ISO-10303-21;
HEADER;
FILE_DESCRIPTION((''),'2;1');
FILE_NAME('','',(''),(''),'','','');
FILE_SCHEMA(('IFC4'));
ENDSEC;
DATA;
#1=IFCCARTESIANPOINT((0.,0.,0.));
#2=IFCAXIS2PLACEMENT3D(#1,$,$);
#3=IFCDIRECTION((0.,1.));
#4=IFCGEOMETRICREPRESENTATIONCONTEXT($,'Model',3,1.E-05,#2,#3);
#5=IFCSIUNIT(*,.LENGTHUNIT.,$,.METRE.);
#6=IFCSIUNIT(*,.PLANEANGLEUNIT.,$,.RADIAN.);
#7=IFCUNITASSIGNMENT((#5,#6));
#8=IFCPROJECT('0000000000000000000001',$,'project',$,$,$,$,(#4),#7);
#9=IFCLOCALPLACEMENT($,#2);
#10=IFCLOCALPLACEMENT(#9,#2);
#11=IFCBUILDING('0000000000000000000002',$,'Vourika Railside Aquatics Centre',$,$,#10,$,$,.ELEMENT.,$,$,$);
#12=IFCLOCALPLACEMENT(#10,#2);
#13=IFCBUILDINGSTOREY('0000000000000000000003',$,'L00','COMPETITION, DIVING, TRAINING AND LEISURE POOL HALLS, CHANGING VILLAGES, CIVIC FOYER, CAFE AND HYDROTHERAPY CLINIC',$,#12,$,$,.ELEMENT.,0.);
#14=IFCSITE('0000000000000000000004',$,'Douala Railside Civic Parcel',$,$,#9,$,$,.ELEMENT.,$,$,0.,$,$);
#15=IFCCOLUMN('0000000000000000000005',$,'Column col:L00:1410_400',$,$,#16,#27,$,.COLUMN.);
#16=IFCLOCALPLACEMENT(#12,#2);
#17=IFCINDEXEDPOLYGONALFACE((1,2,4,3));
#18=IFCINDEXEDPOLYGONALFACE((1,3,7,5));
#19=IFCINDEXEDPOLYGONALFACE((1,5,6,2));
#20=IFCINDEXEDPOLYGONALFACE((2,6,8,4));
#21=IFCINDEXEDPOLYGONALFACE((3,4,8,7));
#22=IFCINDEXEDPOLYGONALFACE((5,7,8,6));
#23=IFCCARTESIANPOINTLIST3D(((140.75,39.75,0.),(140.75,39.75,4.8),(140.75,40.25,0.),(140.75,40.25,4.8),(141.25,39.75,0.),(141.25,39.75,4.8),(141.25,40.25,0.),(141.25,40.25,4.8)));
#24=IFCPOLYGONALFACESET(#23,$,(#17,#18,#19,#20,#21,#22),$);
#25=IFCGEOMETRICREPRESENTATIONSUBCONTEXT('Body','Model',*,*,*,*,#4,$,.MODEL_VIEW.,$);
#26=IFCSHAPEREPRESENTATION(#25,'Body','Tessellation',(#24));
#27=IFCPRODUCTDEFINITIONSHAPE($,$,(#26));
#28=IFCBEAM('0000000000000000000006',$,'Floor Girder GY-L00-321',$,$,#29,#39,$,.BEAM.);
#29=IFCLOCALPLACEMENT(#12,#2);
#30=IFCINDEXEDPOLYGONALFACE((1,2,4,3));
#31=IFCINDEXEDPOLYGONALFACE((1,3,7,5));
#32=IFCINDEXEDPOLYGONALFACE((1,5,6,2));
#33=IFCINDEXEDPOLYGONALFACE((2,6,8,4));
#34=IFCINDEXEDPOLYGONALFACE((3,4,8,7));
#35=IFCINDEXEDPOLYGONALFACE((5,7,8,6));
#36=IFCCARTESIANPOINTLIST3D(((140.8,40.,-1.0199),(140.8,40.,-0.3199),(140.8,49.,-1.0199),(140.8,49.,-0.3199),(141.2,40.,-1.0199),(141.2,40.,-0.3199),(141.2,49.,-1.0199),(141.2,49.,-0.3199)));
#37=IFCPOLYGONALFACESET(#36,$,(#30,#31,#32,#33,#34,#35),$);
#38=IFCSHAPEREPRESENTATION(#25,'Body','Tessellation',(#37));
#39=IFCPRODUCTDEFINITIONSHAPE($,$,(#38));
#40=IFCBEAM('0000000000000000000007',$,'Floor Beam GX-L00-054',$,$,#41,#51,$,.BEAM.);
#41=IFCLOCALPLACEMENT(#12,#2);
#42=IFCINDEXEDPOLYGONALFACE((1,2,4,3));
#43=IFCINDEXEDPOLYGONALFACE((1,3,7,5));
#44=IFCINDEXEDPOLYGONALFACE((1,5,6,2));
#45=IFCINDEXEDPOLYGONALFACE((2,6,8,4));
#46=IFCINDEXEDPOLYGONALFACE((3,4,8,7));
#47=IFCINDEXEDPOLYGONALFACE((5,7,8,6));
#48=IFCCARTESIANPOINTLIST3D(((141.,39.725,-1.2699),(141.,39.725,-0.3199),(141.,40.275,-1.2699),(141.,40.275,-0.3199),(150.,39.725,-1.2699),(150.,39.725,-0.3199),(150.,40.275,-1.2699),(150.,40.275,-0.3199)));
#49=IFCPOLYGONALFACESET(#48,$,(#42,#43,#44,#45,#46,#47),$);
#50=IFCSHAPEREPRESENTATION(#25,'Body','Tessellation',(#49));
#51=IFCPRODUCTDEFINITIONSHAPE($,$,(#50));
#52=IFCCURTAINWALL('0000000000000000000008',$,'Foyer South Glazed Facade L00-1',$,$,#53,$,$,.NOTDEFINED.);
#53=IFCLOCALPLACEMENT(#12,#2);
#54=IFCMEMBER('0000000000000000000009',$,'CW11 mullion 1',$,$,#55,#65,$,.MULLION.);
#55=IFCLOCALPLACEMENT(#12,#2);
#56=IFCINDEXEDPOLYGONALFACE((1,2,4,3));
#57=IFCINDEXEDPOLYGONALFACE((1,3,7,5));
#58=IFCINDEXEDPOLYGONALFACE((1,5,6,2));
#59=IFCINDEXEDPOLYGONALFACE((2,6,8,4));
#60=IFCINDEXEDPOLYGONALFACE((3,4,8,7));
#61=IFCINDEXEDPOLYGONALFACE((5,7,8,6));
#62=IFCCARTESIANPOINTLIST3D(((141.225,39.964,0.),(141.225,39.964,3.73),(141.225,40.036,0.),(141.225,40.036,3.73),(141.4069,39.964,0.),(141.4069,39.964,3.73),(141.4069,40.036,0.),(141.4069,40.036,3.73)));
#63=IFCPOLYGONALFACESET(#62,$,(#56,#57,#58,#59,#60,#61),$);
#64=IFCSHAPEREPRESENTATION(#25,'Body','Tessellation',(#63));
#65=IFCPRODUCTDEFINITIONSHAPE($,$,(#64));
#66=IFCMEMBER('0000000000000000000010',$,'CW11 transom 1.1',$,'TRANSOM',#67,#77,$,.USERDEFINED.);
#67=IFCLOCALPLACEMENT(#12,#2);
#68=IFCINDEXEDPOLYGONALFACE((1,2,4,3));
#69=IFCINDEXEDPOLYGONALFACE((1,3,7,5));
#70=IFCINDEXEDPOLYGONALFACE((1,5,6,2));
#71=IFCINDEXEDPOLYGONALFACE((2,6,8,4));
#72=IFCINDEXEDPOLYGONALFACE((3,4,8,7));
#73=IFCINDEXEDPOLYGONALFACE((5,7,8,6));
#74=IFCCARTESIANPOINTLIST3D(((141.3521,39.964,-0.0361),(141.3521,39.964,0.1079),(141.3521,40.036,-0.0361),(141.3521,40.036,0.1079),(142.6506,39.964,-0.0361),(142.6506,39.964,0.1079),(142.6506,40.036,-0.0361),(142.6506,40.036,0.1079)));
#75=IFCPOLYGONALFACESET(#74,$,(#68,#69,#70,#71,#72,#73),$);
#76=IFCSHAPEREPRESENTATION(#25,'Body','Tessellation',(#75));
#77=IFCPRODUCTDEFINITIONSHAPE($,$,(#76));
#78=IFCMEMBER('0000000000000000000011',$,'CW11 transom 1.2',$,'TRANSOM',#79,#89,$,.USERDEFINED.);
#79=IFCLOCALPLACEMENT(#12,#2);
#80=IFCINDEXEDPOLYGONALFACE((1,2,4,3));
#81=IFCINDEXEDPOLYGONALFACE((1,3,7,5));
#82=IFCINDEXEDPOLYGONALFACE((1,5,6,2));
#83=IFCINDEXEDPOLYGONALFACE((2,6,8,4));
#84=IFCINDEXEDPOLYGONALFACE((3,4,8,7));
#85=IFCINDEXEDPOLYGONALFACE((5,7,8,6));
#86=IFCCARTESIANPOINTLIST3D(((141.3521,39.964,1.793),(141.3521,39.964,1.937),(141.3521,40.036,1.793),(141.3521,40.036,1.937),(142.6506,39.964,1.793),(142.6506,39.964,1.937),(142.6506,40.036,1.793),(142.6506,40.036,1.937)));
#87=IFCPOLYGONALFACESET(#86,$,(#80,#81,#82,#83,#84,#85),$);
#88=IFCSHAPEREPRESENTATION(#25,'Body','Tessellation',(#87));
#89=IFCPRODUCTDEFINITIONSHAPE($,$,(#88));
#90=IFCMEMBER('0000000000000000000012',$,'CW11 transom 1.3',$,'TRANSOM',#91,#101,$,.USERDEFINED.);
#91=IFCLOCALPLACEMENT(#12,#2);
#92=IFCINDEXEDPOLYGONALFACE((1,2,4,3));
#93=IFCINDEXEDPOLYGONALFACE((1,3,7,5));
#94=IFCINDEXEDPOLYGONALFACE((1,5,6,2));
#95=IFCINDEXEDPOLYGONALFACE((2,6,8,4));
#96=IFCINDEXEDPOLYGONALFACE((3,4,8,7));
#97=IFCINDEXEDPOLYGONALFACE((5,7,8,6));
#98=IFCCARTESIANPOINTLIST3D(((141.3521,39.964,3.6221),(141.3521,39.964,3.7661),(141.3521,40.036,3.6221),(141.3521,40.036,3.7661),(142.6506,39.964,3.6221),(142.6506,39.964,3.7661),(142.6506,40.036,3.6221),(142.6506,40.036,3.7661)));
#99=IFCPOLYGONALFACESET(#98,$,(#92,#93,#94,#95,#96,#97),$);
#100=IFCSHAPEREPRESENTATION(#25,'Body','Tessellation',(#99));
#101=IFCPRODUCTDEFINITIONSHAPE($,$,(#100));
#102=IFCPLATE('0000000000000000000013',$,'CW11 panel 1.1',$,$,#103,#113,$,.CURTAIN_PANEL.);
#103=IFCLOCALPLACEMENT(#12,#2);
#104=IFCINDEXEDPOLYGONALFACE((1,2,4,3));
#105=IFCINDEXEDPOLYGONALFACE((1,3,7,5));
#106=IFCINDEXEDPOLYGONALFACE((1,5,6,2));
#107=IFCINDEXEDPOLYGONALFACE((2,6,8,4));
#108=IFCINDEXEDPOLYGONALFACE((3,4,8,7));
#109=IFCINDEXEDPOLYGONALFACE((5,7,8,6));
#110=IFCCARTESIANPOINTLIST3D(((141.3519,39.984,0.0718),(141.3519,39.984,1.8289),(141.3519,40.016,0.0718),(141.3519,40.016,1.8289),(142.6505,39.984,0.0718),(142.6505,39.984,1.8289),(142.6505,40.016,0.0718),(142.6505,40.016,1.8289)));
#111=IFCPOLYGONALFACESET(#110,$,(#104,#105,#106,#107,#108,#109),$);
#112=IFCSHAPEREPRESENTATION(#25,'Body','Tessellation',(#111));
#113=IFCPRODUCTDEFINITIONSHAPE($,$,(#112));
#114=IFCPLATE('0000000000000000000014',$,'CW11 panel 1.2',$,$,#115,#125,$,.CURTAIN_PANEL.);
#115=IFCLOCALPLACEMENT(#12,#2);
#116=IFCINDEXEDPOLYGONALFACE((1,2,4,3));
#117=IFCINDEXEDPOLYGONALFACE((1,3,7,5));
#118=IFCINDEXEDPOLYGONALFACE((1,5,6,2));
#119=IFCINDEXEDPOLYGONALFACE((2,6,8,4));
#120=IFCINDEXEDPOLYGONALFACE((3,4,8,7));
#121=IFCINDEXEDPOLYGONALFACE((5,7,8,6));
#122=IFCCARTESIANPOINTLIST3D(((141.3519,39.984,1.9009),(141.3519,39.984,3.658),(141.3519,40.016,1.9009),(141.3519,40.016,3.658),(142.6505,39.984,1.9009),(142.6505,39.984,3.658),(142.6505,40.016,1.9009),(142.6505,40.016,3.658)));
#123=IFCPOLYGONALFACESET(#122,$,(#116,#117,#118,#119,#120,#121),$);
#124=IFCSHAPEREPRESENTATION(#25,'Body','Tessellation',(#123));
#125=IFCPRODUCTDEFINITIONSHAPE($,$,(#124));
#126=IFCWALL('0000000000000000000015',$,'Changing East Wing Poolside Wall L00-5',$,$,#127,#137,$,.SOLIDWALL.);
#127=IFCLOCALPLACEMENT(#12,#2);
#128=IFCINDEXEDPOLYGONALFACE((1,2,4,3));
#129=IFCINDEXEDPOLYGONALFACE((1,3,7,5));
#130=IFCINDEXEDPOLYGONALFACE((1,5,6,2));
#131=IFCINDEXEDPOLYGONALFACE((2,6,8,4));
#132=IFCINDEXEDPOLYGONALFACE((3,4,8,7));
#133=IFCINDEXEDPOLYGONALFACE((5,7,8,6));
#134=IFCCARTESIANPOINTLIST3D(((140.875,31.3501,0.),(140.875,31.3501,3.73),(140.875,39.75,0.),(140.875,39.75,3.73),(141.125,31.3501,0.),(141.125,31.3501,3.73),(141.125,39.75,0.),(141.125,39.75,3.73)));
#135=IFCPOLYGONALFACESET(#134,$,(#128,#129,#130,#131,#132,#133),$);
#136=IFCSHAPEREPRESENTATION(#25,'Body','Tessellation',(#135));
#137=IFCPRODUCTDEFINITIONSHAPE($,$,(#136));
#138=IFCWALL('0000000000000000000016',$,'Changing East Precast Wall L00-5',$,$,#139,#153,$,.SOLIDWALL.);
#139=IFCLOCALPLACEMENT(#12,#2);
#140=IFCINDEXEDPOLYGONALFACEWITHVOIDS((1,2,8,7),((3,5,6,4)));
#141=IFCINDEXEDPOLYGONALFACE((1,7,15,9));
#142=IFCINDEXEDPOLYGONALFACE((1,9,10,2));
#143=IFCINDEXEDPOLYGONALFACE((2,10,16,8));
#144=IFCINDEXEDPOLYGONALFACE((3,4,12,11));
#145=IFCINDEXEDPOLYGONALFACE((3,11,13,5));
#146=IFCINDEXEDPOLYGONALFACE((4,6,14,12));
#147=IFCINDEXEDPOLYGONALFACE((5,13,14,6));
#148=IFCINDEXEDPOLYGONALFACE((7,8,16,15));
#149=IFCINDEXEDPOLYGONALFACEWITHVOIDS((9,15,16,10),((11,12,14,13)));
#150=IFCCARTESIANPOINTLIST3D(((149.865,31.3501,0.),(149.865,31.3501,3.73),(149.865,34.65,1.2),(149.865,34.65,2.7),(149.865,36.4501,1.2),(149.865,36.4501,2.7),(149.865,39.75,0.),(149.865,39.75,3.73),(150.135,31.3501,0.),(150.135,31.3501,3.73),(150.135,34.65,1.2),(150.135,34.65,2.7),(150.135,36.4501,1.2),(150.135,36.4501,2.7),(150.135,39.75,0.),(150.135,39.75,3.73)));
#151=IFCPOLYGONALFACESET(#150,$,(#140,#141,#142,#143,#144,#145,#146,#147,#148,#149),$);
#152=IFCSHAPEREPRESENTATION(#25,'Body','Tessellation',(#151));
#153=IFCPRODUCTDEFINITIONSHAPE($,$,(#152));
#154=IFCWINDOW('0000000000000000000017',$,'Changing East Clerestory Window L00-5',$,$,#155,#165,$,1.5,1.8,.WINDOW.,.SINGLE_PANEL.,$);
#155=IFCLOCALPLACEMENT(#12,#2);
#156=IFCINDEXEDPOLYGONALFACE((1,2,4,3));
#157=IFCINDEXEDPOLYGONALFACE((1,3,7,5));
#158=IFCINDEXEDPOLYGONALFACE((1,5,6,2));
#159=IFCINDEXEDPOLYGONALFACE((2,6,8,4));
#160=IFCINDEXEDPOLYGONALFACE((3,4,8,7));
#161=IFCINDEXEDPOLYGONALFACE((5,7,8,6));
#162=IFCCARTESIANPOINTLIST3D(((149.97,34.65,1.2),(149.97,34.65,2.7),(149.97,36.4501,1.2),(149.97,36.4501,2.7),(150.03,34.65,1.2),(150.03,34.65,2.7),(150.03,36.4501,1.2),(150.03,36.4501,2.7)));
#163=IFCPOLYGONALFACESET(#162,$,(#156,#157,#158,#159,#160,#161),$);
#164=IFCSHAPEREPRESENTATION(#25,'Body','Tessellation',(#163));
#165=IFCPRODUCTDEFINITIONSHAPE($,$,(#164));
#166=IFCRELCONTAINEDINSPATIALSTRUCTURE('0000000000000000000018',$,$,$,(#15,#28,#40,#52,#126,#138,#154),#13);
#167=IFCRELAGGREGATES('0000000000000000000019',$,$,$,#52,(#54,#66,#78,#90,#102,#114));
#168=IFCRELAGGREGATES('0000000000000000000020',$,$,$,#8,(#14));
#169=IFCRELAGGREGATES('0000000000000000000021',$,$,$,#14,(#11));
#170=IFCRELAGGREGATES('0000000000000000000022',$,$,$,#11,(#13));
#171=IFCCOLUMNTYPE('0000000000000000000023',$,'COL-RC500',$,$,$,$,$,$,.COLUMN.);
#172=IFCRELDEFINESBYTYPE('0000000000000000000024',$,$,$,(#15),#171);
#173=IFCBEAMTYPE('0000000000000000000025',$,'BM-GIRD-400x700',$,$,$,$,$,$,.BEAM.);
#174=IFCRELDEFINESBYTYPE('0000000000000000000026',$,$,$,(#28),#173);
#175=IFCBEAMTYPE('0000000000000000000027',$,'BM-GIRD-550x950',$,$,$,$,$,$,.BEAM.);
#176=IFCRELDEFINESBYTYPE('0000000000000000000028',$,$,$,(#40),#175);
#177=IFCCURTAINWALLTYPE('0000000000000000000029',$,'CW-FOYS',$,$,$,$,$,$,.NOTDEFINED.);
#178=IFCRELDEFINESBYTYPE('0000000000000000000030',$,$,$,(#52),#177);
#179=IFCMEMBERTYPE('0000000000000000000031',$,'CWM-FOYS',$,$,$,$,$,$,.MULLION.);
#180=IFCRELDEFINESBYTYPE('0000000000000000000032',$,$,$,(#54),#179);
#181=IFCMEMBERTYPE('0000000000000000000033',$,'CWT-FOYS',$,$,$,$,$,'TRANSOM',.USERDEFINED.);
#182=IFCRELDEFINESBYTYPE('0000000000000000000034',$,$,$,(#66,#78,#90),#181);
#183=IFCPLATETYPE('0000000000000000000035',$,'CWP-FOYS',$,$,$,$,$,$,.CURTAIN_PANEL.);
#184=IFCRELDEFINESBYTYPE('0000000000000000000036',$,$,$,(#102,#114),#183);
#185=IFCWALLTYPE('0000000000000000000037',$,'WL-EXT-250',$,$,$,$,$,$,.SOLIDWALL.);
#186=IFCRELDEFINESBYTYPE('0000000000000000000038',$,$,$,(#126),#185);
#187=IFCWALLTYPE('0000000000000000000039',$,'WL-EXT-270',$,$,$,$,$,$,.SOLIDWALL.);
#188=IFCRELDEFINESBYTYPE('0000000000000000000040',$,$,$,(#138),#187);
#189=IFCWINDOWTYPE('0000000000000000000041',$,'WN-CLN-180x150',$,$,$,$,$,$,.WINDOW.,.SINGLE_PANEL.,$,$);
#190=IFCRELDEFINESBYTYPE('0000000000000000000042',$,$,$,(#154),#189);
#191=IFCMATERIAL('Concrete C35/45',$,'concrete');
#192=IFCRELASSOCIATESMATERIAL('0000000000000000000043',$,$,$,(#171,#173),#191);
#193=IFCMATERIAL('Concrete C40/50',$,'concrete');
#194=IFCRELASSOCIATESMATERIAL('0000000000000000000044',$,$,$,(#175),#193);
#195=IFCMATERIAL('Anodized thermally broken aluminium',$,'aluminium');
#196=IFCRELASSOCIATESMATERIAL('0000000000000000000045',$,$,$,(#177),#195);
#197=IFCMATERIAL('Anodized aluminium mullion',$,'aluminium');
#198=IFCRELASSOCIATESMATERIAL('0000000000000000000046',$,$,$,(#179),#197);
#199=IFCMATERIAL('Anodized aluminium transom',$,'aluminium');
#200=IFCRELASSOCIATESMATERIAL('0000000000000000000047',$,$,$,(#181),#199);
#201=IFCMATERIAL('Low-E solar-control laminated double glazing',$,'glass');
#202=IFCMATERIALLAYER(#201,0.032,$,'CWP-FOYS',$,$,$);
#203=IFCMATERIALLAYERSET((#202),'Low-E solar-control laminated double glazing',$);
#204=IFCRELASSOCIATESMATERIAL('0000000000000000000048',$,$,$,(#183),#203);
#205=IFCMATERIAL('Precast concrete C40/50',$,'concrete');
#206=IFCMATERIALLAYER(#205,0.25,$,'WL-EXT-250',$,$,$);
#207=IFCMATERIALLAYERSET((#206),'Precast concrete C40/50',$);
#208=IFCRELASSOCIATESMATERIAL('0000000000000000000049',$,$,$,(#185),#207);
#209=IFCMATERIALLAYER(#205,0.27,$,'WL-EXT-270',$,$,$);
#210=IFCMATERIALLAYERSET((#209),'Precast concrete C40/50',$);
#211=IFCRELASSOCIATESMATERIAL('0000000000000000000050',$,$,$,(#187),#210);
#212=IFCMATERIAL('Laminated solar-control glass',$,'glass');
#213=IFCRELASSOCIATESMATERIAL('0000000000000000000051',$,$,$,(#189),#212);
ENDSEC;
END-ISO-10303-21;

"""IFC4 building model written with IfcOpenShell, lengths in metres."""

from ifc_helpers import new_model, si_unit, direction, frame, frame_2d, origin, origin_2d, place, context, subcontext, project, spatial, rectangle, extrude, material, layer, layer_set, material_profile, profile_set, type_object, element, fill, aggregate, save


model = new_model("IFC4")

# Units and contexts
model_context = context("Model", 3, precision=1e-05, world=origin(), true_north=direction((0.0, 1.0)))
body_context = subcontext(model_context, "Body", "Model", "MODEL_VIEW")
ifc_project = project(units=[si_unit("LENGTHUNIT", "METRE"), si_unit("PLANEANGLEUNIT", "RADIAN")], contexts=[model_context])

# Site, building, storey
site_placement = place(None, origin())
site = spatial("IfcSite", under=ifc_project, at=site_placement, Name="Douala Railside Civic Parcel", CompositionType="ELEMENT", RefElevation=0.0)
building_placement = place(site_placement, origin())
building = spatial("IfcBuilding", under=site, at=building_placement, Name="Vourika Railside Aquatics Centre", CompositionType="ELEMENT")
storey_placement = place(building_placement, origin())
storey = spatial("IfcBuildingStorey", under=building, at=storey_placement, Name="L00", Description="COMPETITION, DIVING, TRAINING AND LEISURE POOL HALLS, CHANGING VILLAGES, CIVIC FOYER, CAFE AND HYDROTHERAPY CLINIC", CompositionType="ELEMENT", Elevation=0.0)

# Column
ifc_material_1 = material(Name="Concrete C35/45", Category="concrete")
ifc_material_profile_1 = material_profile(ifc_material_1, rectangle(XDim=0.5, YDim=0.5, at=origin_2d()), Name="RC 500x500")
ifc_profile_set_1 = profile_set([ifc_material_profile_1], Name="Concrete C35/45")
column_type = type_object("IfcColumnType", Name="COL-RC500", PredefinedType="COLUMN", material=ifc_profile_set_1)
column_placement = place(storey_placement, frame((141.0, 40.0, 0.0), z_axis=(0.0, 0.0, 1.0), x_axis=(1.0, 0.0, 0.0)))
element("IfcColumn", 1, at=column_placement, inside=storey, type_object=column_type, Name="Column col:L00:1410_400", PredefinedType="COLUMN", context=body_context, shape_type="SweptSolid", body=[
    extrude(rectangle(XDim=0.5, YDim=0.5, at=origin_2d()), origin(), (0.0, 0.0, 1.0), 4.8),
])

# Beams
ifc_material_profile_2 = material_profile(ifc_material_1, rectangle(XDim=0.3999, YDim=0.7, at=origin_2d()), Name="RC 400x700")
ifc_profile_set_2 = profile_set([ifc_material_profile_2], Name="Concrete C35/45")
beam_type_1 = type_object("IfcBeamType", Name="BM-GIRD-400x700", PredefinedType="BEAM", material=ifc_profile_set_2)
beam_1_placement = place(storey_placement, frame((141.0, 40.0, -0.6699), z_axis=(0.0, 1.0, 0.0), x_axis=(-1.0, 0.0, 0.0)))
element("IfcBeam", 2, at=beam_1_placement, inside=storey, type_object=beam_type_1, Name="Floor Girder GY-L00-321", PredefinedType="BEAM", context=body_context, shape_type="SweptSolid", body=[
    extrude(rectangle(XDim=0.3999, YDim=0.7, at=origin_2d()), origin(), (0.0, 0.0, 1.0), 9.0),
])
ifc_material_2 = material(Name="Concrete C40/50", Category="concrete")
ifc_material_profile_3 = material_profile(ifc_material_2, rectangle(XDim=0.55, YDim=0.95, at=origin_2d()), Name="RC 550x950")
ifc_profile_set_3 = profile_set([ifc_material_profile_3], Name="Concrete C40/50")
beam_type_2 = type_object("IfcBeamType", Name="BM-GIRD-550x950", PredefinedType="BEAM", material=ifc_profile_set_3)
beam_2_placement = place(storey_placement, frame((141.0, 40.0, -0.7949), z_axis=(1.0, 0.0, 0.0), x_axis=(0.0, 1.0, 0.0)))
element("IfcBeam", 3, at=beam_2_placement, inside=storey, type_object=beam_type_2, Name="Floor Beam GX-L00-054", PredefinedType="BEAM", context=body_context, shape_type="SweptSolid", body=[
    extrude(rectangle(XDim=0.55, YDim=0.95, at=origin_2d()), origin(), (0.0, 0.0, 1.0), 9.0),
])

# Curtain wall, members, plates
ifc_material_3 = material(Name="Anodized thermally broken aluminium", Category="aluminium")
curtain_wall_type = type_object("IfcCurtainWallType", Name="CW-FOYS", PredefinedType="NOTDEFINED", material=ifc_material_3)
curtain_wall_placement = place(storey_placement, origin())
curtain_wall = element("IfcCurtainWall", 4, at=curtain_wall_placement, inside=storey, type_object=curtain_wall_type, Name="Foyer South Glazed Facade L00-1", PredefinedType="NOTDEFINED")
ifc_material_4 = material(Name="Anodized aluminium mullion", Category="aluminium")
ifc_material_profile_4 = material_profile(ifc_material_4, rectangle(XDim=0.072, YDim=0.1819, at=origin_2d()), Name="ALU-M 72x182")
ifc_profile_set_4 = profile_set([ifc_material_profile_4], Name="Anodized aluminium mullion")
member_type_1 = type_object("IfcMemberType", Name="CWM-FOYS", PredefinedType="MULLION", material=ifc_profile_set_4)
member_1_placement = place(storey_placement, frame((141.3159, 40.0, 0.0), z_axis=(0.0, 0.0, 1.0), x_axis=(0.0, 1.0, 0.0)))
member_1 = element("IfcMember", 5, at=member_1_placement, type_object=member_type_1, Name="CW11 mullion 1", PredefinedType="MULLION", context=body_context, shape_type="SweptSolid", body=[
    extrude(rectangle(XDim=0.072, YDim=0.1819, at=origin_2d()), origin(), (0.0, 0.0, 1.0), 3.73),
])
ifc_material_5 = material(Name="Anodized aluminium transom", Category="aluminium")
ifc_material_profile_5 = material_profile(ifc_material_5, rectangle(XDim=0.072, YDim=0.144, at=origin_2d()), Name="ALU-T 72x144")
ifc_profile_set_5 = profile_set([ifc_material_profile_5], Name="Anodized aluminium transom")
member_type_2 = type_object("IfcMemberType", Name="CWT-FOYS", ElementType="TRANSOM", PredefinedType="USERDEFINED", material=ifc_profile_set_5)
member_2_placement = place(storey_placement, frame((141.3521, 40.0, 0.0359), z_axis=(1.0, 0.0, 0.0), x_axis=(0.0, 1.0, 0.0)))
member_2 = element("IfcMember", 6, at=member_2_placement, type_object=member_type_2, Name="CW11 transom 1.1", ObjectType="TRANSOM", PredefinedType="USERDEFINED", context=body_context, shape_type="SweptSolid", body=[
    extrude(rectangle(XDim=0.072, YDim=0.144, at=origin_2d()), origin(), (0.0, 0.0, 1.0), 1.2986),
])
member_3_placement = place(storey_placement, frame((141.3521, 40.0, 1.865), z_axis=(1.0, 0.0, 0.0), x_axis=(0.0, 1.0, 0.0)))
member_3 = element("IfcMember", 7, at=member_3_placement, type_object=member_type_2, Name="CW11 transom 1.2", ObjectType="TRANSOM", PredefinedType="USERDEFINED", context=body_context, shape_type="SweptSolid", body=[
    extrude(rectangle(XDim=0.072, YDim=0.144, at=origin_2d()), origin(), (0.0, 0.0, 1.0), 1.2986),
])
member_4_placement = place(storey_placement, frame((141.3521, 40.0, 3.6941), z_axis=(1.0, 0.0, 0.0), x_axis=(0.0, 1.0, 0.0)))
member_4 = element("IfcMember", 8, at=member_4_placement, type_object=member_type_2, Name="CW11 transom 1.3", ObjectType="TRANSOM", PredefinedType="USERDEFINED", context=body_context, shape_type="SweptSolid", body=[
    extrude(rectangle(XDim=0.072, YDim=0.144, at=origin_2d()), origin(), (0.0, 0.0, 1.0), 1.2986),
])
ifc_material_6 = material(Name="Low-E solar-control laminated double glazing", Category="glass")
ifc_layer_1 = layer(ifc_material_6, 0.032, Name="CWP-FOYS")
ifc_layer_set_1 = layer_set([ifc_layer_1], Name="Low-E solar-control laminated double glazing")
plate_type = type_object("IfcPlateType", Name="CWP-FOYS", PredefinedType="CURTAIN_PANEL", material=ifc_layer_set_1)
plate_1_placement = place(storey_placement, frame((142.0012, 40.0, 0.0718), z_axis=(0.0, 0.0, 1.0), x_axis=(1.0, 0.0, 0.0)))
plate_1 = element("IfcPlate", 9, at=plate_1_placement, type_object=plate_type, Name="CW11 panel 1.1", PredefinedType="CURTAIN_PANEL", context=body_context, shape_type="SweptSolid", body=[
    extrude(rectangle(XDim=1.2986, YDim=0.032, at=origin_2d()), origin(), (0.0, 0.0, 1.0), 1.7571),
])
plate_2_placement = place(storey_placement, frame((142.0012, 40.0, 1.9009), z_axis=(0.0, 0.0, 1.0), x_axis=(1.0, 0.0, 0.0)))
plate_2 = element("IfcPlate", 10, at=plate_2_placement, type_object=plate_type, Name="CW11 panel 1.2", PredefinedType="CURTAIN_PANEL", context=body_context, shape_type="SweptSolid", body=[
    extrude(rectangle(XDim=1.2986, YDim=0.032, at=origin_2d()), origin(), (0.0, 0.0, 1.0), 1.7571),
])
aggregate(curtain_wall, [member_1, member_2, member_3, member_4, plate_1, plate_2])

# Wall
ifc_material_7 = material(Name="Precast concrete C40/50", Category="concrete")
ifc_layer_2 = layer(ifc_material_7, 0.25, Name="WL-EXT-250")
ifc_layer_set_2 = layer_set([ifc_layer_2], Name="Precast concrete C40/50")
wall_type_1 = type_object("IfcWallType", Name="WL-EXT-250", PredefinedType="SOLIDWALL", material=ifc_layer_set_2)
wall_1_placement = place(storey_placement, frame((141.0, 39.75, 0.0), z_axis=(0.0, 0.0, 1.0), x_axis=(0.0, -1.0, 0.0)))
element("IfcWall", 11, at=wall_1_placement, inside=storey, type_object=wall_type_1, Name="Changing East Wing Poolside Wall L00-5", PredefinedType="SOLIDWALL", context=body_context, shape_type="SweptSolid", body=[
    extrude(rectangle(XDim=8.3999, YDim=0.25, at=frame_2d((4.2, 0.0))), origin(), (0.0, 0.0, 1.0), 3.73),
])

# Wall, opening, window
ifc_layer_3 = layer(ifc_material_7, 0.27, Name="WL-EXT-270")
ifc_layer_set_3 = layer_set([ifc_layer_3], Name="Precast concrete C40/50")
wall_type_2 = type_object("IfcWallType", Name="WL-EXT-270", PredefinedType="SOLIDWALL", material=ifc_layer_set_3)
wall_2_placement = place(storey_placement, frame((150.0, 31.3501, 0.0), z_axis=(0.0, 0.0, 1.0), x_axis=(0.0, 1.0, 0.0)))
wall_2 = element("IfcWall", 12, at=wall_2_placement, inside=storey, type_object=wall_type_2, Name="Changing East Precast Wall L00-5", PredefinedType="SOLIDWALL", context=body_context, shape_type="SweptSolid", body=[
    extrude(rectangle(XDim=8.3999, YDim=0.27, at=frame_2d((4.2, 0.0))), origin(), (0.0, 0.0, 1.0), 3.73),
])
opening_1_placement = place(wall_2_placement, frame((3.3, 0.0, 1.2)))
opening_1 = element("IfcOpeningElement", 13, at=opening_1_placement, cuts=wall_2, PredefinedType="OPENING", context=body_context, shape_type="SweptSolid", body=[
    extrude(rectangle(XDim=1.8, YDim=1.5, at=frame_2d((0.8999, 0.75))), frame((0.0, 0.145, 0.0), z_axis=(0.0, -1.0, 0.0), x_axis=(1.0, 0.0, 0.0)), (0.0, 0.0, 1.0), 0.29),
])
ifc_material_8 = material(Name="Laminated solar-control glass", Category="glass")
window_type = type_object("IfcWindowType", Name="WN-CLN-180x150", PartitioningType="SINGLE_PANEL", PredefinedType="WINDOW", material=ifc_material_8)
window_placement = place(opening_1_placement, origin())
window = element("IfcWindow", 14, at=window_placement, inside=storey, type_object=window_type, Name="Changing East Clerestory Window L00-5", OverallHeight=1.5, OverallWidth=1.8, PartitioningType="SINGLE_PANEL", PredefinedType="WINDOW", context=body_context, shape_type="SweptSolid", body=[
    extrude(rectangle(XDim=1.8, YDim=1.5, at=frame_2d((0.8999, 0.75))), frame((0.0, 0.03, 0.0), z_axis=(0.0, -1.0, 0.0), x_axis=(1.0, 0.0, 0.0)), (0.0, 0.0, 1.0), 0.0601),
])
fill(opening_1, window)

save(model, "model.ifc")
